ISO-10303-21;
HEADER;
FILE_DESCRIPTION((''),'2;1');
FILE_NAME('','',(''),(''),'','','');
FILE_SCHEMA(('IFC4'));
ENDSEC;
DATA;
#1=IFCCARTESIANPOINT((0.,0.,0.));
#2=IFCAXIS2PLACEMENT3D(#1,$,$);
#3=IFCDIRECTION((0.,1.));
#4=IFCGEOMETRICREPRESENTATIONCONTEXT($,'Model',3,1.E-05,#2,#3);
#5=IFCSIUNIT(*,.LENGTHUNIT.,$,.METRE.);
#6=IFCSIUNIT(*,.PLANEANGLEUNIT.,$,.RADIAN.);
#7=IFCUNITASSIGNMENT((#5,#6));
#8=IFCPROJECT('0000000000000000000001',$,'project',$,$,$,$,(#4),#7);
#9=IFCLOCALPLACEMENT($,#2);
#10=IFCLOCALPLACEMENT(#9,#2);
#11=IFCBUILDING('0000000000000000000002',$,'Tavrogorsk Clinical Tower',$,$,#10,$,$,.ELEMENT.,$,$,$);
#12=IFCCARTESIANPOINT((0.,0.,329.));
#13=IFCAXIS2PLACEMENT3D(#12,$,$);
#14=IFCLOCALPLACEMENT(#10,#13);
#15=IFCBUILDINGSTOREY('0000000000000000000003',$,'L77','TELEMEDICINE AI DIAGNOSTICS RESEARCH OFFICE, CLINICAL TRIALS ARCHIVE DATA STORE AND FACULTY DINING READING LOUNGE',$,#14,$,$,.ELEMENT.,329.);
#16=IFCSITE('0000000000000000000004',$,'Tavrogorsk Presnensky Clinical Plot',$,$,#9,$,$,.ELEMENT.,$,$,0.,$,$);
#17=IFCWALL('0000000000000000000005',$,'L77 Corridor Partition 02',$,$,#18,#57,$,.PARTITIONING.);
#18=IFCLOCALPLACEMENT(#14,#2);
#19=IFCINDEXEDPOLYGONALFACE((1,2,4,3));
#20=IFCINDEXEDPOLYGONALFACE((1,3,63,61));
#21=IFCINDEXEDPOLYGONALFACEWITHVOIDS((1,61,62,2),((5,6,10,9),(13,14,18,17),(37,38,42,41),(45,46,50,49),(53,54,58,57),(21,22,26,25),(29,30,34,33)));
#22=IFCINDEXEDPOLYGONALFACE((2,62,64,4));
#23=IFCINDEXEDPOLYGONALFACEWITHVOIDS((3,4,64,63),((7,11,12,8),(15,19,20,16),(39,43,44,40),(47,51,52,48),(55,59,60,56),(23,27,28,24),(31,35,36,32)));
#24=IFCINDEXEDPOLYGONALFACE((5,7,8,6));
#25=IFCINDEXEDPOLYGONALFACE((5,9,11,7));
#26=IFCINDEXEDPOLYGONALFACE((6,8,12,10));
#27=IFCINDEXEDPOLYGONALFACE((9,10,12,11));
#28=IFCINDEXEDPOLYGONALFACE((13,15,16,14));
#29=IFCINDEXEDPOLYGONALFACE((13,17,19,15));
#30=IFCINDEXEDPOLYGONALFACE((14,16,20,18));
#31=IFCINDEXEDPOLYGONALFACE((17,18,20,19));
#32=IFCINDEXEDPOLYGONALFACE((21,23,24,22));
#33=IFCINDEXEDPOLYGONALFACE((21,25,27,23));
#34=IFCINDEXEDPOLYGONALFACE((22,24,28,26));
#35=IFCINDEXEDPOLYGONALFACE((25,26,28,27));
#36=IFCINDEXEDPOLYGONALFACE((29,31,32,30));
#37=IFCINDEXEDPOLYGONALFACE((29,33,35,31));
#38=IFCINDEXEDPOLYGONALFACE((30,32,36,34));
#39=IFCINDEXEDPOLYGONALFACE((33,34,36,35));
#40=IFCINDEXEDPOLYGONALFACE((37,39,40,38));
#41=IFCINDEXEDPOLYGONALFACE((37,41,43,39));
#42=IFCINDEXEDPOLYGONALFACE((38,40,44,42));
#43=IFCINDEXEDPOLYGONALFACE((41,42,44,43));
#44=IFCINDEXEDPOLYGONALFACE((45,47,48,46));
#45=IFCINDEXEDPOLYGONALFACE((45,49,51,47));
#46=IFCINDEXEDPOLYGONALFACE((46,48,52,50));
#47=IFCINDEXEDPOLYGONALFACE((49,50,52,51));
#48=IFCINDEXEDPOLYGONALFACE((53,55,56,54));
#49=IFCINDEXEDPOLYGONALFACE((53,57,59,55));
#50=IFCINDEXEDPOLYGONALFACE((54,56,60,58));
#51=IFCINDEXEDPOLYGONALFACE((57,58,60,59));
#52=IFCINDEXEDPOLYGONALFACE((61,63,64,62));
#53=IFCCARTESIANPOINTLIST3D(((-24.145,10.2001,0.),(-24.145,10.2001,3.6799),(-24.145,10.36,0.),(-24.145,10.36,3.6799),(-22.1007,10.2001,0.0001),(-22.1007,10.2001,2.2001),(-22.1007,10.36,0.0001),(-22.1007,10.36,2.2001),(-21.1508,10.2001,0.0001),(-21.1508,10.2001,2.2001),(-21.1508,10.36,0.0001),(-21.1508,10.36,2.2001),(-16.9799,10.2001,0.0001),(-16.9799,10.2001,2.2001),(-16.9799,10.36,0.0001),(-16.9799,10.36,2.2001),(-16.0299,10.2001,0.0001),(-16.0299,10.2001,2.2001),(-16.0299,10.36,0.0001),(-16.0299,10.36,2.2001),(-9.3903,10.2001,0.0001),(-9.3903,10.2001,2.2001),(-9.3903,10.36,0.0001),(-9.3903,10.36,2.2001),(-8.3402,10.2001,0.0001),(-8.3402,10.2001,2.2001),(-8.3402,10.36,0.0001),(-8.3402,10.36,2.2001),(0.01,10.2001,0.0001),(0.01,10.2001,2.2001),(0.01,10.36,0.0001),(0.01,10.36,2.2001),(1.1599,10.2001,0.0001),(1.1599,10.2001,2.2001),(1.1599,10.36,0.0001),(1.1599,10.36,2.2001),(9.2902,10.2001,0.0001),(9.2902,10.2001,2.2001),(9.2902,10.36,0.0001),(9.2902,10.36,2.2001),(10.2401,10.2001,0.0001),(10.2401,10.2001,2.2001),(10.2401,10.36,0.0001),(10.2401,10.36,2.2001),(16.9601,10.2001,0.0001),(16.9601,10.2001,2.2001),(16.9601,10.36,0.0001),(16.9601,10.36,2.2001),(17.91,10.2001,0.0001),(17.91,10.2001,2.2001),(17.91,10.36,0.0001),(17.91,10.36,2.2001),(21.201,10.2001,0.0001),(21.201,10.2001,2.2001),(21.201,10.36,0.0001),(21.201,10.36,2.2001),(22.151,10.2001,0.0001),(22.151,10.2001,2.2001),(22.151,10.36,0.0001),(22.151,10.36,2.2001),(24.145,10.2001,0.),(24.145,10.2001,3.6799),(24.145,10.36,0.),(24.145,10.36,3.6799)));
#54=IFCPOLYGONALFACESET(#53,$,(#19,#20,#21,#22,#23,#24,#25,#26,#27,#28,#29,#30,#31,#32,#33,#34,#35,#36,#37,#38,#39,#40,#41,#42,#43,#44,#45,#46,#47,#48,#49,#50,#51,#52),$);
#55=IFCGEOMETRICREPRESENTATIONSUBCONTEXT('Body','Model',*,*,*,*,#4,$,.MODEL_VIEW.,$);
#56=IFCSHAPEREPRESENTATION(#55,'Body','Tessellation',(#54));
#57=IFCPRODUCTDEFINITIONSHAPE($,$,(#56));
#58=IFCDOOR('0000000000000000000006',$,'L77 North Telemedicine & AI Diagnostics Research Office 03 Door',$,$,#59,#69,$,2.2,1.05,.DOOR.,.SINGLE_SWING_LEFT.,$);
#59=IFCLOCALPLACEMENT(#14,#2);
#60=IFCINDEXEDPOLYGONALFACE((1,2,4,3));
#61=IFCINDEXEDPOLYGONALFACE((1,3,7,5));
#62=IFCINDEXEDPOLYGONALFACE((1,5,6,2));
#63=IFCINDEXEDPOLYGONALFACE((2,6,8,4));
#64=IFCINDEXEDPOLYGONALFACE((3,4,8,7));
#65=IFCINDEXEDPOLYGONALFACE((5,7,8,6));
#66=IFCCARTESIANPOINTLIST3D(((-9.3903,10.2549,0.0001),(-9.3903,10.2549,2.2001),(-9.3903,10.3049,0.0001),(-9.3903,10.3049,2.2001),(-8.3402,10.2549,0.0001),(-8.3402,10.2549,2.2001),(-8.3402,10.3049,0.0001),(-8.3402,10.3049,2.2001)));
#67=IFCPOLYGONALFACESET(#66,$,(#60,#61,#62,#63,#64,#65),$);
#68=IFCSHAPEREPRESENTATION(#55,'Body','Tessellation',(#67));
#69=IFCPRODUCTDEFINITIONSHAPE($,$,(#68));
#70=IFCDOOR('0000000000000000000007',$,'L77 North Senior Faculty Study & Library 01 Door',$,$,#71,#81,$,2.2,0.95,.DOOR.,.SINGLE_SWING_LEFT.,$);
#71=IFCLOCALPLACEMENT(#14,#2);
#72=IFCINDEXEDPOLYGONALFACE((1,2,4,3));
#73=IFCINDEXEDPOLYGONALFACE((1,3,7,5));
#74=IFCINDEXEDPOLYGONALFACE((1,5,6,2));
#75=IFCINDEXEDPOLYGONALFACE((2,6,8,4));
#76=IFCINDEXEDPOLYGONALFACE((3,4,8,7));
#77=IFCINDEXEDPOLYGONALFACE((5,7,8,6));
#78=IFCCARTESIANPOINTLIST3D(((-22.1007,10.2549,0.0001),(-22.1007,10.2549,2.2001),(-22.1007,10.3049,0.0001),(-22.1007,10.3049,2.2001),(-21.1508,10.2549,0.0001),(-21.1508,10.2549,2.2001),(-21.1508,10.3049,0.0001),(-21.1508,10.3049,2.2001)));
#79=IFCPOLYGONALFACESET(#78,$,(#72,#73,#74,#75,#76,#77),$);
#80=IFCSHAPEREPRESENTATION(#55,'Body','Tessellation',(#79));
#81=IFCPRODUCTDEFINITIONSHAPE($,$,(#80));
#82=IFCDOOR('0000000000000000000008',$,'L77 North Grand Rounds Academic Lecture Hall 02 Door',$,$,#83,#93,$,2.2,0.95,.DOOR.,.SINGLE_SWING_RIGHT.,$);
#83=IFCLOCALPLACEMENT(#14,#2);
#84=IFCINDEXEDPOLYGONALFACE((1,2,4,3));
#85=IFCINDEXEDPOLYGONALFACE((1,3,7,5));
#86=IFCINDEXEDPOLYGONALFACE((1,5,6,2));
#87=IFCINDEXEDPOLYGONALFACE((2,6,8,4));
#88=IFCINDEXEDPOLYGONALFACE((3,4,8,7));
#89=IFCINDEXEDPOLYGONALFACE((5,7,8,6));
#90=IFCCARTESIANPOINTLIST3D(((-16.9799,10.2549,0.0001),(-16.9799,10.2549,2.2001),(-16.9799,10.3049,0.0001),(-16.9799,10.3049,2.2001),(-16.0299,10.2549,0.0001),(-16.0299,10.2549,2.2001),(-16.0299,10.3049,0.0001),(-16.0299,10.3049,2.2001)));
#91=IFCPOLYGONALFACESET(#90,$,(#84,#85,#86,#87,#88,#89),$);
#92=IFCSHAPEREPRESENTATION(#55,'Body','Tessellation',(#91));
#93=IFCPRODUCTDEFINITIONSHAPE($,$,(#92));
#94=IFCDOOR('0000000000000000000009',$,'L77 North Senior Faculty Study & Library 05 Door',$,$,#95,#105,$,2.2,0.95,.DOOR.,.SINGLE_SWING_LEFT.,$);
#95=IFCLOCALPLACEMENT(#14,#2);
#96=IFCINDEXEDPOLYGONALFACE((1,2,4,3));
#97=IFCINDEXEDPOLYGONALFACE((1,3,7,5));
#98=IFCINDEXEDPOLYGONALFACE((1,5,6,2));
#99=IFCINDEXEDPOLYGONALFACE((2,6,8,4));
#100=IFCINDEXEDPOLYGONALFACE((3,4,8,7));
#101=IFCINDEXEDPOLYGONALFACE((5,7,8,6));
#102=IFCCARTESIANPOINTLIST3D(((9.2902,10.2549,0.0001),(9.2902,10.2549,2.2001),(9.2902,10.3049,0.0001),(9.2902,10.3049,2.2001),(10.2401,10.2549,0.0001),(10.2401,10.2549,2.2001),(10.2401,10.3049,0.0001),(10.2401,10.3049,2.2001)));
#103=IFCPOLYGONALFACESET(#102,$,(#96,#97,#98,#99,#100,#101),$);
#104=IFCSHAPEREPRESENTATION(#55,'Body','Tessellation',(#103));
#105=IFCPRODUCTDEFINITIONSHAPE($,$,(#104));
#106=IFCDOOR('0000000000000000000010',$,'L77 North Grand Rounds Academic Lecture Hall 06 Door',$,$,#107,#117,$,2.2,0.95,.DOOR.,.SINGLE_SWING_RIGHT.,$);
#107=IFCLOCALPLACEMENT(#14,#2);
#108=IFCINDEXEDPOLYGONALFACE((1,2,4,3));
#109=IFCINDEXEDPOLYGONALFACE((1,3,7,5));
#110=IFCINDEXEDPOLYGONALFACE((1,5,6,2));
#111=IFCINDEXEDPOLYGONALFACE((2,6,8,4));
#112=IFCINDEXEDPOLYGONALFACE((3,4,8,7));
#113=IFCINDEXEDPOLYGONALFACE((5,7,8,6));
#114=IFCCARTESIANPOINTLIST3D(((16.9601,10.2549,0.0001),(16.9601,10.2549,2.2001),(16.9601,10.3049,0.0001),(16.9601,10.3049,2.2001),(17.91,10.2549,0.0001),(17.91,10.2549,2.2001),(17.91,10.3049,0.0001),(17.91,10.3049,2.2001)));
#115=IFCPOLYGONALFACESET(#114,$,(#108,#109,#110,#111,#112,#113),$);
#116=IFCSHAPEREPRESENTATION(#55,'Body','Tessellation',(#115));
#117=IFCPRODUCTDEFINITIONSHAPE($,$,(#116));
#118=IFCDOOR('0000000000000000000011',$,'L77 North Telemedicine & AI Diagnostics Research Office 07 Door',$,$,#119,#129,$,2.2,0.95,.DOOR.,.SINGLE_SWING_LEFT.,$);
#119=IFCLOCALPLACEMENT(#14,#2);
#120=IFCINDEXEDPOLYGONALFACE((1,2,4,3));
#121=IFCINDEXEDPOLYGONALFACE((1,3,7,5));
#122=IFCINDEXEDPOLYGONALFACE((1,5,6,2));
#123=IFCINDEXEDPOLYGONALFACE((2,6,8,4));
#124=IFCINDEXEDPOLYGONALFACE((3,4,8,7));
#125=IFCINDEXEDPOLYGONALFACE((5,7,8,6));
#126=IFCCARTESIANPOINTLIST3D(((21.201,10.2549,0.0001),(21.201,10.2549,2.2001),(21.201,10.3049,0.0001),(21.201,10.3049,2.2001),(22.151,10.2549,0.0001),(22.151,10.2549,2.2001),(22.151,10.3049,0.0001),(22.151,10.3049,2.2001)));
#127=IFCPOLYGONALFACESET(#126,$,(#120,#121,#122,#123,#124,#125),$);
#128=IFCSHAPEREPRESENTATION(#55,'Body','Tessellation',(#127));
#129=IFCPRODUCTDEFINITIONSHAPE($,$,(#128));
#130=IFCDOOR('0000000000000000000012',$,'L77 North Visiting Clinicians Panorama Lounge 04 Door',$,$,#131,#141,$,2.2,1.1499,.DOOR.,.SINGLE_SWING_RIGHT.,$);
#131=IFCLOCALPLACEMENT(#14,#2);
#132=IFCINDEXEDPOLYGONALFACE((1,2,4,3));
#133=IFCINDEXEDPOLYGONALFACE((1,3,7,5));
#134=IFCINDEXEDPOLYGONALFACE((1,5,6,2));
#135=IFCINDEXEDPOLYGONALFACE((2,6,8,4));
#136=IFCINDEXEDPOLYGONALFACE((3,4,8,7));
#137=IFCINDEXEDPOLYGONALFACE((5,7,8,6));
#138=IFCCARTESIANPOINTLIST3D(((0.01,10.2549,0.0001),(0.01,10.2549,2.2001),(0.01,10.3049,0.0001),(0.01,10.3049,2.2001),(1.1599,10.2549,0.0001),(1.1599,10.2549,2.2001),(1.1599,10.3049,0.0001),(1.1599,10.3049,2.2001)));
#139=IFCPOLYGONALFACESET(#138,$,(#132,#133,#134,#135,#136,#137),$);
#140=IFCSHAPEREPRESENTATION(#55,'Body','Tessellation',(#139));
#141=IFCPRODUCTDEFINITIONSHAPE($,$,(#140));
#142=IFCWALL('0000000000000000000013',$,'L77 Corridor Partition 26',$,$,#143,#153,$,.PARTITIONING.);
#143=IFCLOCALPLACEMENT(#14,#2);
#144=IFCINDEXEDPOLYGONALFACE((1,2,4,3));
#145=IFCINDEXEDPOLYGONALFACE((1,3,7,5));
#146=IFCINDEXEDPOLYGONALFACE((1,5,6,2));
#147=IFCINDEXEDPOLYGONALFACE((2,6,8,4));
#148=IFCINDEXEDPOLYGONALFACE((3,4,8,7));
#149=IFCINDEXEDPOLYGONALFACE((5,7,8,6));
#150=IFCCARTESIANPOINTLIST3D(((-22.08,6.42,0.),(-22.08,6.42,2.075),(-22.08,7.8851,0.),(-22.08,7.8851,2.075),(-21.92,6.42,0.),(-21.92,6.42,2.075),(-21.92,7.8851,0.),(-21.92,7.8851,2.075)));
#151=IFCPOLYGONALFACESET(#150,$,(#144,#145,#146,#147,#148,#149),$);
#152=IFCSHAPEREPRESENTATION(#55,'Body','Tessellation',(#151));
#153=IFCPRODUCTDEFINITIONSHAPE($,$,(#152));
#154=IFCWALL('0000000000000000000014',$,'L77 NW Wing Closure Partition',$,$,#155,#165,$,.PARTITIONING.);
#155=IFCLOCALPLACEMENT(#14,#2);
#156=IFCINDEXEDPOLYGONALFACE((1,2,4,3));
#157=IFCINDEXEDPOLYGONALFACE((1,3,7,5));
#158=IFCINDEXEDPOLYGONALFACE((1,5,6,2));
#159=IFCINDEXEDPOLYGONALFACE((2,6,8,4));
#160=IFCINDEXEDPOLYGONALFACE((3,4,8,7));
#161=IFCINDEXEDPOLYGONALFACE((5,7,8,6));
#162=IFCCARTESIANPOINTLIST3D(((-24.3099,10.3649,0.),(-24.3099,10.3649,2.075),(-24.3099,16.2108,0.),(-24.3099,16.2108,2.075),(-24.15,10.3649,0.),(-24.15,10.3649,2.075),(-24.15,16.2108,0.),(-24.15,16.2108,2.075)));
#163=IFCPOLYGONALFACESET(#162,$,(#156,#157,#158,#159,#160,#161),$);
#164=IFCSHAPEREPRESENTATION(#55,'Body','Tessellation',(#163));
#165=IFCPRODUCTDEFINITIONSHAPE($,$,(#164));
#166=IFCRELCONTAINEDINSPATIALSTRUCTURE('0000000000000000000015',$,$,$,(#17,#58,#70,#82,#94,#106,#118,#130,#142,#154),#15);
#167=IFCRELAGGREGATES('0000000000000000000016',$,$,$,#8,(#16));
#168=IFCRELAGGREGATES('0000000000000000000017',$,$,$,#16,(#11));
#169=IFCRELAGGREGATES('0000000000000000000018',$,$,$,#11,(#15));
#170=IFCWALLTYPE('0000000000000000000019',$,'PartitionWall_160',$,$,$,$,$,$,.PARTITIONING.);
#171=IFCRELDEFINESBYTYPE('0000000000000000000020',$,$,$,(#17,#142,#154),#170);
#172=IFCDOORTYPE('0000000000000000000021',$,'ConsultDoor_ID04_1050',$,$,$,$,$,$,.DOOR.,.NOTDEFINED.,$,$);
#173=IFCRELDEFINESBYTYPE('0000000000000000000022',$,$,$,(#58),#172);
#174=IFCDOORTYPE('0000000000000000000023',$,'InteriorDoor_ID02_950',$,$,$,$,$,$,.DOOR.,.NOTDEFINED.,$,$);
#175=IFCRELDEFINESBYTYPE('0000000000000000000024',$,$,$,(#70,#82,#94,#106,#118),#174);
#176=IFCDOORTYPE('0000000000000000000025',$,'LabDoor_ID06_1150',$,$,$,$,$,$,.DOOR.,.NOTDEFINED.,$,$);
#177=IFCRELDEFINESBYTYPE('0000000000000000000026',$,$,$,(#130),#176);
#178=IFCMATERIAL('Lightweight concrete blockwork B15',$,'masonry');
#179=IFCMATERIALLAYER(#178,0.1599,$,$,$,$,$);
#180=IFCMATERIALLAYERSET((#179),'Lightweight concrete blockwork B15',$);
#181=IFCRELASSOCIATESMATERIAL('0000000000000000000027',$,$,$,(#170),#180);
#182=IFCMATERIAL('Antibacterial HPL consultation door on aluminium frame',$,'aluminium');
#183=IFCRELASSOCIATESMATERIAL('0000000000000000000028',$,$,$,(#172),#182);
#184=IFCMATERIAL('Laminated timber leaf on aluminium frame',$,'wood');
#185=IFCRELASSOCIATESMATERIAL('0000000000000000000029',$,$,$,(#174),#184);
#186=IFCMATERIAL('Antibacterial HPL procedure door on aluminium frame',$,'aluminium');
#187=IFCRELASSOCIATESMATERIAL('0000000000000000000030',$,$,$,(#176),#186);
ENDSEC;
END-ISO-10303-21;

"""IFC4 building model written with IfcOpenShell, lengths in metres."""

from ifc_helpers import new_model, si_unit, direction, frame, frame_2d, origin, place, context, subcontext, project, spatial, rectangle, extrude, material, layer, layer_set, type_object, element, fill, save


model = new_model("IFC4")

# Units and contexts
model_context = context("Model", 3, precision=1e-05, world=origin(), true_north=direction((0.0, 1.0)))
body_context = subcontext(model_context, "Body", "Model", "MODEL_VIEW")
ifc_project = project(units=[si_unit("LENGTHUNIT", "METRE"), si_unit("PLANEANGLEUNIT", "RADIAN")], contexts=[model_context])

# Site, building, storey
site_placement = place(None, origin())
site = spatial("IfcSite", under=ifc_project, at=site_placement, Name="Tavrogorsk Presnensky Clinical Plot", CompositionType="ELEMENT", RefElevation=0.0)
building_placement = place(site_placement, origin())
building = spatial("IfcBuilding", under=site, at=building_placement, Name="Tavrogorsk Clinical Tower", CompositionType="ELEMENT")
storey_placement = place(building_placement, frame((0.0, 0.0, 329.0)))
storey = spatial("IfcBuildingStorey", under=building, at=storey_placement, Name="L77", Description="TELEMEDICINE AI DIAGNOSTICS RESEARCH OFFICE, CLINICAL TRIALS ARCHIVE DATA STORE AND FACULTY DINING READING LOUNGE", CompositionType="ELEMENT", Elevation=329.0)

# Wall, openings, doors
ifc_material_1 = material(Name="Lightweight concrete blockwork B15", Category="masonry")
ifc_layer_1 = layer(ifc_material_1, 0.1599)
ifc_layer_set_1 = layer_set([ifc_layer_1], Name="Lightweight concrete blockwork B15")
wall_type_1 = type_object("IfcWallType", Name="PartitionWall_160", PredefinedType="PARTITIONING", material=ifc_layer_set_1)
wall_1_placement = place(storey_placement, frame((-24.145, 10.28, 0.0), z_axis=(0.0, 0.0, 1.0), x_axis=(1.0, 0.0, 0.0)))
wall_1 = element("IfcWall", 1, at=wall_1_placement, inside=storey, type_object=wall_type_1, Name="L77 Corridor Partition 02", PredefinedType="PARTITIONING", context=body_context, shape_type="SweptSolid", body=[
    extrude(rectangle(XDim=48.29, YDim=0.1599, at=frame_2d((24.145, 0.0))), origin(), (0.0, 0.0, 1.0), 3.6799),
])
opening_1_placement = place(wall_1_placement, frame((2.0442, 0.0, 0.0)))
opening_1 = element("IfcOpeningElement", 2, at=opening_1_placement, cuts=wall_1, PredefinedType="OPENING", context=body_context, shape_type="SweptSolid", body=[
    extrude(rectangle(XDim=0.95, YDim=2.2, at=frame_2d((0.4751, 1.1001))), frame((0.0, 0.0898, 0.0), z_axis=(0.0, -1.0, 0.0), x_axis=(1.0, 0.0, 0.0)), (0.0, 0.0, 1.0), 0.1799),
])
opening_2_placement = place(wall_1_placement, frame((7.165, 0.0, 0.0)))
opening_2 = element("IfcOpeningElement", 3, at=opening_2_placement, cuts=wall_1, PredefinedType="OPENING", context=body_context, shape_type="SweptSolid", body=[
    extrude(rectangle(XDim=0.95, YDim=2.2, at=frame_2d((0.4751, 1.1001))), frame((0.0, 0.0898, 0.0), z_axis=(0.0, -1.0, 0.0), x_axis=(1.0, 0.0, 0.0)), (0.0, 0.0, 1.0), 0.1799),
])
opening_3_placement = place(wall_1_placement, frame((14.7549, 0.0, 0.0)))
opening_3 = element("IfcOpeningElement", 4, at=opening_3_placement, cuts=wall_1, PredefinedType="OPENING", context=body_context, shape_type="SweptSolid", body=[
    extrude(rectangle(XDim=1.05, YDim=2.2, at=frame_2d((0.5249, 1.1001))), frame((0.0, 0.0898, 0.0), z_axis=(0.0, -1.0, 0.0), x_axis=(1.0, 0.0, 0.0)), (0.0, 0.0, 1.0), 0.1799),
])
opening_4_placement = place(wall_1_placement, frame((24.155, 0.0, 0.0)))
opening_4 = element("IfcOpeningElement", 5, at=opening_4_placement, cuts=wall_1, PredefinedType="OPENING", context=body_context, shape_type="SweptSolid", body=[
    extrude(rectangle(XDim=1.1499, YDim=2.2, at=frame_2d((0.575, 1.1001))), frame((0.0, 0.0898, 0.0), z_axis=(0.0, -1.0, 0.0), x_axis=(1.0, 0.0, 0.0)), (0.0, 0.0, 1.0), 0.1799),
])
opening_5_placement = place(wall_1_placement, frame((33.4351, 0.0, 0.0)))
opening_5 = element("IfcOpeningElement", 6, at=opening_5_placement, cuts=wall_1, PredefinedType="OPENING", context=body_context, shape_type="SweptSolid", body=[
    extrude(rectangle(XDim=0.95, YDim=2.2, at=frame_2d((0.4751, 1.1001))), frame((0.0, 0.0898, 0.0), z_axis=(0.0, -1.0, 0.0), x_axis=(1.0, 0.0, 0.0)), (0.0, 0.0, 1.0), 0.1799),
])
opening_6_placement = place(wall_1_placement, frame((41.105, 0.0, 0.0)))
opening_6 = element("IfcOpeningElement", 7, at=opening_6_placement, cuts=wall_1, PredefinedType="OPENING", context=body_context, shape_type="SweptSolid", body=[
    extrude(rectangle(XDim=0.95, YDim=2.2, at=frame_2d((0.4751, 1.1001))), frame((0.0, 0.0898, 0.0), z_axis=(0.0, -1.0, 0.0), x_axis=(1.0, 0.0, 0.0)), (0.0, 0.0, 1.0), 0.1799),
])
opening_7_placement = place(wall_1_placement, frame((45.3459, 0.0, 0.0)))
opening_7 = element("IfcOpeningElement", 8, at=opening_7_placement, cuts=wall_1, PredefinedType="OPENING", context=body_context, shape_type="SweptSolid", body=[
    extrude(rectangle(XDim=0.95, YDim=2.2, at=frame_2d((0.4751, 1.1001))), frame((0.0, 0.0898, 0.0), z_axis=(0.0, -1.0, 0.0), x_axis=(1.0, 0.0, 0.0)), (0.0, 0.0, 1.0), 0.1799),
])
ifc_material_2 = material(Name="Antibacterial HPL consultation door on aluminium frame", Category="aluminium")
door_type_1 = type_object("IfcDoorType", Name="ConsultDoor_ID04_1050", OperationType="NOTDEFINED", PredefinedType="DOOR", material=ifc_material_2)
door_1_placement = place(opening_3_placement, origin())
door_1 = element("IfcDoor", 9, at=door_1_placement, inside=storey, type_object=door_type_1, Name="L77 North Telemedicine & AI Diagnostics Research Office 03 Door", OperationType="SINGLE_SWING_LEFT", OverallHeight=2.2, OverallWidth=1.05, PredefinedType="DOOR", context=body_context, shape_type="SweptSolid", body=[
    extrude(rectangle(XDim=1.05, YDim=2.2, at=frame_2d((0.5249, 1.1001))), frame((0.0, 0.0249, 0.0), z_axis=(0.0, -1.0, 0.0), x_axis=(1.0, 0.0, 0.0)), (0.0, 0.0, 1.0), 0.05),
])
fill(opening_3, door_1)
ifc_material_3 = material(Name="Laminated timber leaf on aluminium frame", Category="wood")
door_type_2 = type_object("IfcDoorType", Name="InteriorDoor_ID02_950", OperationType="NOTDEFINED", PredefinedType="DOOR", material=ifc_material_3)
door_2_placement = place(opening_1_placement, origin())
door_2 = element("IfcDoor", 10, at=door_2_placement, inside=storey, type_object=door_type_2, Name="L77 North Senior Faculty Study & Library 01 Door", OperationType="SINGLE_SWING_LEFT", OverallHeight=2.2, OverallWidth=0.95, PredefinedType="DOOR", context=body_context, shape_type="SweptSolid", body=[
    extrude(rectangle(XDim=0.95, YDim=2.2, at=frame_2d((0.4751, 1.1001))), frame((0.0, 0.0249, 0.0), z_axis=(0.0, -1.0, 0.0), x_axis=(1.0, 0.0, 0.0)), (0.0, 0.0, 1.0), 0.05),
])
fill(opening_1, door_2)
door_3_placement = place(opening_2_placement, origin())
door_3 = element("IfcDoor", 11, at=door_3_placement, inside=storey, type_object=door_type_2, Name="L77 North Grand Rounds Academic Lecture Hall 02 Door", OperationType="SINGLE_SWING_RIGHT", OverallHeight=2.2, OverallWidth=0.95, PredefinedType="DOOR", context=body_context, shape_type="SweptSolid", body=[
    extrude(rectangle(XDim=0.95, YDim=2.2, at=frame_2d((0.4751, 1.1001))), frame((0.0, 0.0249, 0.0), z_axis=(0.0, -1.0, 0.0), x_axis=(1.0, 0.0, 0.0)), (0.0, 0.0, 1.0), 0.05),
])
fill(opening_2, door_3)
door_4_placement = place(opening_5_placement, origin())
door_4 = element("IfcDoor", 12, at=door_4_placement, inside=storey, type_object=door_type_2, Name="L77 North Senior Faculty Study & Library 05 Door", OperationType="SINGLE_SWING_LEFT", OverallHeight=2.2, OverallWidth=0.95, PredefinedType="DOOR", context=body_context, shape_type="SweptSolid", body=[
    extrude(rectangle(XDim=0.95, YDim=2.2, at=frame_2d((0.4751, 1.1001))), frame((0.0, 0.0249, 0.0), z_axis=(0.0, -1.0, 0.0), x_axis=(1.0, 0.0, 0.0)), (0.0, 0.0, 1.0), 0.05),
])
fill(opening_5, door_4)
door_5_placement = place(opening_6_placement, origin())
door_5 = element("IfcDoor", 13, at=door_5_placement, inside=storey, type_object=door_type_2, Name="L77 North Grand Rounds Academic Lecture Hall 06 Door", OperationType="SINGLE_SWING_RIGHT", OverallHeight=2.2, OverallWidth=0.95, PredefinedType="DOOR", context=body_context, shape_type="SweptSolid", body=[
    extrude(rectangle(XDim=0.95, YDim=2.2, at=frame_2d((0.4751, 1.1001))), frame((0.0, 0.0249, 0.0), z_axis=(0.0, -1.0, 0.0), x_axis=(1.0, 0.0, 0.0)), (0.0, 0.0, 1.0), 0.05),
])
fill(opening_6, door_5)
door_6_placement = place(opening_7_placement, origin())
door_6 = element("IfcDoor", 14, at=door_6_placement, inside=storey, type_object=door_type_2, Name="L77 North Telemedicine & AI Diagnostics Research Office 07 Door", OperationType="SINGLE_SWING_LEFT", OverallHeight=2.2, OverallWidth=0.95, PredefinedType="DOOR", context=body_context, shape_type="SweptSolid", body=[
    extrude(rectangle(XDim=0.95, YDim=2.2, at=frame_2d((0.4751, 1.1001))), frame((0.0, 0.0249, 0.0), z_axis=(0.0, -1.0, 0.0), x_axis=(1.0, 0.0, 0.0)), (0.0, 0.0, 1.0), 0.05),
])
fill(opening_7, door_6)
ifc_material_4 = material(Name="Antibacterial HPL procedure door on aluminium frame", Category="aluminium")
door_type_3 = type_object("IfcDoorType", Name="LabDoor_ID06_1150", OperationType="NOTDEFINED", PredefinedType="DOOR", material=ifc_material_4)
door_7_placement = place(opening_4_placement, origin())
door_7 = element("IfcDoor", 15, at=door_7_placement, inside=storey, type_object=door_type_3, Name="L77 North Visiting Clinicians Panorama Lounge 04 Door", OperationType="SINGLE_SWING_RIGHT", OverallHeight=2.2, OverallWidth=1.1499, PredefinedType="DOOR", context=body_context, shape_type="SweptSolid", body=[
    extrude(rectangle(XDim=1.1499, YDim=2.2, at=frame_2d((0.575, 1.1001))), frame((0.0, 0.0249, 0.0), z_axis=(0.0, -1.0, 0.0), x_axis=(1.0, 0.0, 0.0)), (0.0, 0.0, 1.0), 0.05),
])
fill(opening_4, door_7)

# Walls
wall_2_placement = place(storey_placement, frame((-22.0, 7.885, 0.0), z_axis=(0.0, 0.0, 1.0), x_axis=(0.0, -1.0, 0.0)))
element("IfcWall", 16, at=wall_2_placement, inside=storey, type_object=wall_type_1, Name="L77 Corridor Partition 26", PredefinedType="PARTITIONING", context=body_context, shape_type="SweptSolid", body=[
    extrude(rectangle(XDim=1.4651, YDim=0.1599, at=frame_2d((0.7324, 0.0))), origin(), (0.0, 0.0, 1.0), 2.075),
])
wall_3_placement = place(storey_placement, frame((-24.23, 10.365, 0.0), z_axis=(0.0, 0.0, 1.0), x_axis=(0.0, 1.0, 0.0)))
element("IfcWall", 17, at=wall_3_placement, inside=storey, type_object=wall_type_1, Name="L77 NW Wing Closure Partition", PredefinedType="PARTITIONING", context=body_context, shape_type="SweptSolid", body=[
    extrude(rectangle(XDim=5.8459, YDim=0.1599, at=frame_2d((2.9229, 0.0))), origin(), (0.0, 0.0, 1.0), 2.075),
])

save(model, "model.ifc")
